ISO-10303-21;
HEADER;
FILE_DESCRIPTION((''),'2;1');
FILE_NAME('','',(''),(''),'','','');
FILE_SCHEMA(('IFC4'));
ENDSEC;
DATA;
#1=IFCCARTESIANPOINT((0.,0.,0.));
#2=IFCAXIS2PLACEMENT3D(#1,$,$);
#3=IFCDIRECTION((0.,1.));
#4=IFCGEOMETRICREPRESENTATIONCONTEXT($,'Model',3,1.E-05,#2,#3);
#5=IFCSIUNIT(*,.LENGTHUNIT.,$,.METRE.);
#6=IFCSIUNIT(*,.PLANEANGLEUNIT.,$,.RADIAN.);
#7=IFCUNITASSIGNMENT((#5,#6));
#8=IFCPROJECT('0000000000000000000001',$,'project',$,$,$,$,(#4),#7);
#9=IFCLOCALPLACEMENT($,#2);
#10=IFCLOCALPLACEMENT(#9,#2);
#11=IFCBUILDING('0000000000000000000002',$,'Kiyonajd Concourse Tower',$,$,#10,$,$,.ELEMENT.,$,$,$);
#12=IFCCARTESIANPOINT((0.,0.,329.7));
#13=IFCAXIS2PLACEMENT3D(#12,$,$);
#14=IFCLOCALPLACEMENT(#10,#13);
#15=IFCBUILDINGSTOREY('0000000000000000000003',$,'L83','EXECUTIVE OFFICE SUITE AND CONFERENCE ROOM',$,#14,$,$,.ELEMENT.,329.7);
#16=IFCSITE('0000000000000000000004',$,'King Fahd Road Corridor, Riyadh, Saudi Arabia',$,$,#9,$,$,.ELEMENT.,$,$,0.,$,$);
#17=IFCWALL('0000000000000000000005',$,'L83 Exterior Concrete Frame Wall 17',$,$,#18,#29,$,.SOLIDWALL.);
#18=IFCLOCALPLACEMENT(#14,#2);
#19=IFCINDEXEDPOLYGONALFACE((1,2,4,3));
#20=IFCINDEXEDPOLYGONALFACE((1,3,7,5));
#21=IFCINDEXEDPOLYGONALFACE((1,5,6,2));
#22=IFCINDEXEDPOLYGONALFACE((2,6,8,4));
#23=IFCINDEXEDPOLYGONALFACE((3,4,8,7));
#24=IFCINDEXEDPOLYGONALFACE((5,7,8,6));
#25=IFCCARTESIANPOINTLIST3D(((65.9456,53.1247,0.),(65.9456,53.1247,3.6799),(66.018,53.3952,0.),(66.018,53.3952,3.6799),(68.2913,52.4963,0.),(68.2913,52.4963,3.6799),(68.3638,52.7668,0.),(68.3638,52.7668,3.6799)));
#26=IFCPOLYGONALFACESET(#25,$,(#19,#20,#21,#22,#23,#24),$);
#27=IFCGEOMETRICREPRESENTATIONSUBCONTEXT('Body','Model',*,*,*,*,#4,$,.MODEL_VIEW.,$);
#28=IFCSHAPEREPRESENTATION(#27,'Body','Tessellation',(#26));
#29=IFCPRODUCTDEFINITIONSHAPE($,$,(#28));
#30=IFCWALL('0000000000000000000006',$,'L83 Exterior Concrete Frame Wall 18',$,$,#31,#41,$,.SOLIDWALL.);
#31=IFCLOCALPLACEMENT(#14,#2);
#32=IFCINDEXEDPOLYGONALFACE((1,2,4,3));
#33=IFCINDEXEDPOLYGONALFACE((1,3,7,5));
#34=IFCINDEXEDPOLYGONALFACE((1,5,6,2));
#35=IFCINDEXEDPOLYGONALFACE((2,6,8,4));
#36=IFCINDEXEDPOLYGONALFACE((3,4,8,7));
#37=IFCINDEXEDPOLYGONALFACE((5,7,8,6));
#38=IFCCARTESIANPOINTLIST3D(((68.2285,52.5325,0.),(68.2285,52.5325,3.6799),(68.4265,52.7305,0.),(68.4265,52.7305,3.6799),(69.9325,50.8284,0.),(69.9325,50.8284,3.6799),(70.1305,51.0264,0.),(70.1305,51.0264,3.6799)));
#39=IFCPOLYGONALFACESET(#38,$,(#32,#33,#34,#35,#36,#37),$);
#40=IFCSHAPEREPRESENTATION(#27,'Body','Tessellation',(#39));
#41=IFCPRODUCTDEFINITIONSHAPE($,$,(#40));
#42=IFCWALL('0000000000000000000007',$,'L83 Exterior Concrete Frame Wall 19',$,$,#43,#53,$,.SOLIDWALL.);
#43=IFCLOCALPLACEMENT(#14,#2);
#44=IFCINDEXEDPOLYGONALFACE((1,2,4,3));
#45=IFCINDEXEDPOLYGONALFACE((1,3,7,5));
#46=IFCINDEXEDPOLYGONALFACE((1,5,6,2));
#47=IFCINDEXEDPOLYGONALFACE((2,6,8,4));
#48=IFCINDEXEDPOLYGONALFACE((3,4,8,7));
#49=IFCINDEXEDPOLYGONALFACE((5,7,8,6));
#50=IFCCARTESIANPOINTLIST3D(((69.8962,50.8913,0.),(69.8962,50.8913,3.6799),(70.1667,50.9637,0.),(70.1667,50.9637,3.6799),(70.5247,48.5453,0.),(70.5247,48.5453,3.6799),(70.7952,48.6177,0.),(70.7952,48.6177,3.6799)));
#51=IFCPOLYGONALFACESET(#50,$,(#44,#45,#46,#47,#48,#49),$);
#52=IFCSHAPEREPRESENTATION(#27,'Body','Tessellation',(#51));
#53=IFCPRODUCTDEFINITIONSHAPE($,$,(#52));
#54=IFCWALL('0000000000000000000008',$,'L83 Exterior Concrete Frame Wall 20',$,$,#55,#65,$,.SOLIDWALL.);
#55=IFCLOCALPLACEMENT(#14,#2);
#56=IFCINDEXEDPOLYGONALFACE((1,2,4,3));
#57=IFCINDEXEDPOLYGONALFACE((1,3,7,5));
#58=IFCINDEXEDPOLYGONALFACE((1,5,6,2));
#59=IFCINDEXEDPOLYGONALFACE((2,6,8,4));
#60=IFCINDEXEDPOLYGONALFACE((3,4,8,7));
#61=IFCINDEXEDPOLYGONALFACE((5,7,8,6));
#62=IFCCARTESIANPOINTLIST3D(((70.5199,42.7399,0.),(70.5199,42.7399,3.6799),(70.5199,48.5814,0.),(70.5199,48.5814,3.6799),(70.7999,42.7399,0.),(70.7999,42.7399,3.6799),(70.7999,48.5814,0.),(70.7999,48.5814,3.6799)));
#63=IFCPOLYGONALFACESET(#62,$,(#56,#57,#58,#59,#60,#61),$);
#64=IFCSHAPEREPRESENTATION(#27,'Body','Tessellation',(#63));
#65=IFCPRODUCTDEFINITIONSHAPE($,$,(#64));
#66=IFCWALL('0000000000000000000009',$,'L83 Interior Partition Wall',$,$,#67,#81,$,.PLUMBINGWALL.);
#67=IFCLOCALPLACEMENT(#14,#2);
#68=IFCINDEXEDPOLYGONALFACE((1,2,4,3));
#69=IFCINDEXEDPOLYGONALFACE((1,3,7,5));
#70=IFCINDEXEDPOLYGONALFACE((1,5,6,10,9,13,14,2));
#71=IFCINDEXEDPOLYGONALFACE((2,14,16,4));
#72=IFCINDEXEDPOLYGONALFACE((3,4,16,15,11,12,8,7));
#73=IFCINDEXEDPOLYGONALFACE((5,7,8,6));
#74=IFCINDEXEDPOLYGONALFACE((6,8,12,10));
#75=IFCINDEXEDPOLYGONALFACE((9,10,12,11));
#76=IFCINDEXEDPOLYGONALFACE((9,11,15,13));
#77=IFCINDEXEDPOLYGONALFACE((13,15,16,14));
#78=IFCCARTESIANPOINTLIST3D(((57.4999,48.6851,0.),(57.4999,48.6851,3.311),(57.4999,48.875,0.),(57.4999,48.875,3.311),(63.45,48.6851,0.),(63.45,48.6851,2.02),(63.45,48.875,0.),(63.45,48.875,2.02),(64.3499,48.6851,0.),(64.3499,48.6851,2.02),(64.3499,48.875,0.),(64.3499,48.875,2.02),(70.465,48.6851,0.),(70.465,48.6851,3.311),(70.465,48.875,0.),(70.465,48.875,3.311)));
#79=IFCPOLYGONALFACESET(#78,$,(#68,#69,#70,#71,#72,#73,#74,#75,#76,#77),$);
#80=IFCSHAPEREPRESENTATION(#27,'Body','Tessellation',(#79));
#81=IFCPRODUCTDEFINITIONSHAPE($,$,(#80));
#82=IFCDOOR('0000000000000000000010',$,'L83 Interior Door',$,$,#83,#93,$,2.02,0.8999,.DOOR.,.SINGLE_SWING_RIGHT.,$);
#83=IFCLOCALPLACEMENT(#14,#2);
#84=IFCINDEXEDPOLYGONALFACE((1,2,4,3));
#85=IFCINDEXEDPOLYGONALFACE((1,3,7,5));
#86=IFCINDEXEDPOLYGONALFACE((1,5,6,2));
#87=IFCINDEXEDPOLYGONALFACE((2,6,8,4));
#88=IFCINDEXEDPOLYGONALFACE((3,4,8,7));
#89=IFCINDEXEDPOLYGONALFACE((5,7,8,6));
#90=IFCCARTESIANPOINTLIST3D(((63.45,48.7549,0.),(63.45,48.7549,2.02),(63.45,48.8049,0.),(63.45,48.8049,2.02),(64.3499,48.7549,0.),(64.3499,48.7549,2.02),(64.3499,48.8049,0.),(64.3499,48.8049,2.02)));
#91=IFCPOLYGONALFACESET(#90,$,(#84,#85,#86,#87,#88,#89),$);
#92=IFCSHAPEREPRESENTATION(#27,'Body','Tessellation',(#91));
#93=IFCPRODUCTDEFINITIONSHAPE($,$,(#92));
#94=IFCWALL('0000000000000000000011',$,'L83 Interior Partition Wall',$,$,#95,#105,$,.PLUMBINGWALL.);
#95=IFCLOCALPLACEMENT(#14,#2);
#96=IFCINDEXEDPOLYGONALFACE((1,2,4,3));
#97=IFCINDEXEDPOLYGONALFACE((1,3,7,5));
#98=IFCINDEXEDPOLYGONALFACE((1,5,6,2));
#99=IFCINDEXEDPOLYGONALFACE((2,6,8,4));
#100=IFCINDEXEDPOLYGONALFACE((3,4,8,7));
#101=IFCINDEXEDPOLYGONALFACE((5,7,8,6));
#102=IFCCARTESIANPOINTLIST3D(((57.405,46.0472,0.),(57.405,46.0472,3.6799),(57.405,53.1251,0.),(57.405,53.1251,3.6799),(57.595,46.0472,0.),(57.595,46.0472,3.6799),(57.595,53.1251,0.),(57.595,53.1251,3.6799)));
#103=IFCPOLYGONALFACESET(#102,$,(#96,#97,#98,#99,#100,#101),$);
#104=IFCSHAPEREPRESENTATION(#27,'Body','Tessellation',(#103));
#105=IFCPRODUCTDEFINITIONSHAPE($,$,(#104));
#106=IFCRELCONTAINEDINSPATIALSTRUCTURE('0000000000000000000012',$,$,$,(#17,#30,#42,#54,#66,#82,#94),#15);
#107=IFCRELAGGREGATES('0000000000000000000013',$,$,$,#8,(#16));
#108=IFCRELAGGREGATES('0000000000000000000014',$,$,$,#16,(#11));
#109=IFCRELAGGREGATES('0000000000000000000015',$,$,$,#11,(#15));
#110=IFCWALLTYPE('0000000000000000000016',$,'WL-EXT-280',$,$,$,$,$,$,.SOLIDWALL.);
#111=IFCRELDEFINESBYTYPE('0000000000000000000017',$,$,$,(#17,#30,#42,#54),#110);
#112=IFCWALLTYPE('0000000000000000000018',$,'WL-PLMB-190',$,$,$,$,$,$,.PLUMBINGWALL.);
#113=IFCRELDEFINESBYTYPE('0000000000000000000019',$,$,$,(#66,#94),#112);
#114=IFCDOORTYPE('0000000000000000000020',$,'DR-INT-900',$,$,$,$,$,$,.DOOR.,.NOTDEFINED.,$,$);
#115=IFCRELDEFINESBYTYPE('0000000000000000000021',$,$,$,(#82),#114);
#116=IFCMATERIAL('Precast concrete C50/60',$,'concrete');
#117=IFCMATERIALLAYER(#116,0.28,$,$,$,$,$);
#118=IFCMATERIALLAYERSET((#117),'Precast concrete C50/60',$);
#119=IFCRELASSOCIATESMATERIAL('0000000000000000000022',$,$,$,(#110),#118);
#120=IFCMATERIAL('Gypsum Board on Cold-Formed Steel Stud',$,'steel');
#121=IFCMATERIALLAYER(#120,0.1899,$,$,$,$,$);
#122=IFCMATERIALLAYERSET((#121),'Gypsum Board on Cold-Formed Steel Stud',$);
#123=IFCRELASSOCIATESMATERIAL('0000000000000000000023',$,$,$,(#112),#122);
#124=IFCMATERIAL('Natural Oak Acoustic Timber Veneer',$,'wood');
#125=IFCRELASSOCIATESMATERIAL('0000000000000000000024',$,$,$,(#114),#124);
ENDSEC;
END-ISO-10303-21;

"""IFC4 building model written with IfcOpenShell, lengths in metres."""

from ifc_helpers import new_model, si_unit, direction, frame, frame_2d, origin, place, context, subcontext, project, spatial, rectangle, extrude, material, layer, layer_set, type_object, element, fill, save


model = new_model("IFC4")

# Units and contexts
model_context = context("Model", 3, precision=1e-05, world=origin(), true_north=direction((0.0, 1.0)))
body_context = subcontext(model_context, "Body", "Model", "MODEL_VIEW")
ifc_project = project(units=[si_unit("LENGTHUNIT", "METRE"), si_unit("PLANEANGLEUNIT", "RADIAN")], contexts=[model_context])

# Site, building, storey
site_placement = place(None, origin())
site = spatial("IfcSite", under=ifc_project, at=site_placement, Name="King Fahd Road Corridor, Riyadh, Saudi Arabia", CompositionType="ELEMENT", RefElevation=0.0)
building_placement = place(site_placement, origin())
building = spatial("IfcBuilding", under=site, at=building_placement, Name="Kiyonajd Concourse Tower", CompositionType="ELEMENT")
storey_placement = place(building_placement, frame((0.0, 0.0, 329.7)))
storey = spatial("IfcBuildingStorey", under=building, at=storey_placement, Name="L83", Description="EXECUTIVE OFFICE SUITE AND CONFERENCE ROOM", CompositionType="ELEMENT", Elevation=329.7)

# Walls
ifc_material_1 = material(Name="Precast concrete C50/60", Category="concrete")
ifc_layer_1 = layer(ifc_material_1, 0.28)
ifc_layer_set_1 = layer_set([ifc_layer_1], Name="Precast concrete C50/60")
wall_type_1 = type_object("IfcWallType", Name="WL-EXT-280", PredefinedType="SOLIDWALL", material=ifc_layer_set_1)
wall_1_placement = place(storey_placement, frame((65.9817, 53.26, 0.0), z_axis=(0.0, 0.0, 1.0), x_axis=(0.965937, -0.258776, 0.0)))
element("IfcWall", 1, at=wall_1_placement, inside=storey, type_object=wall_type_1, Name="L83 Exterior Concrete Frame Wall 17", PredefinedType="SOLIDWALL", context=body_context, shape_type="SweptSolid", body=[
    extrude(rectangle(XDim=2.4285, YDim=0.28, at=frame_2d((1.2144, 0.0))), origin(), (0.0, 0.0, 1.0), 3.6799),
])
wall_2_placement = place(storey_placement, frame((68.3274, 52.6316, 0.0), z_axis=(0.0, 0.0, 1.0), x_axis=(0.707107, -0.707107, 0.0)))
element("IfcWall", 2, at=wall_2_placement, inside=storey, type_object=wall_type_1, Name="L83 Exterior Concrete Frame Wall 18", PredefinedType="SOLIDWALL", context=body_context, shape_type="SweptSolid", body=[
    extrude(rectangle(XDim=2.4099, YDim=0.28, at=frame_2d((1.2051, 0.0))), origin(), (0.0, 0.0, 1.0), 3.6799),
])
wall_3_placement = place(storey_placement, frame((70.0315, 50.9275, 0.0), z_axis=(0.0, 0.0, 1.0), x_axis=(0.258751, -0.965944, 0.0)))
element("IfcWall", 3, at=wall_3_placement, inside=storey, type_object=wall_type_1, Name="L83 Exterior Concrete Frame Wall 19", PredefinedType="SOLIDWALL", context=body_context, shape_type="SweptSolid", body=[
    extrude(rectangle(XDim=2.4287, YDim=0.28, at=frame_2d((1.2144, 0.0))), origin(), (0.0, 0.0, 1.0), 3.6799),
])
wall_4_placement = place(storey_placement, frame((70.6599, 48.5815, 0.0), z_axis=(0.0, 0.0, 1.0), x_axis=(0.0, -1.0, 0.0)))
element("IfcWall", 4, at=wall_4_placement, inside=storey, type_object=wall_type_1, Name="L83 Exterior Concrete Frame Wall 20", PredefinedType="SOLIDWALL", context=body_context, shape_type="SweptSolid", body=[
    extrude(rectangle(XDim=5.8416, YDim=0.28, at=frame_2d((2.9209, 0.0))), origin(), (0.0, 0.0, 1.0), 3.6799),
])

# Wall, opening, door
ifc_material_2 = material(Name="Gypsum Board on Cold-Formed Steel Stud", Category="steel")
ifc_layer_2 = layer(ifc_material_2, 0.1899)
ifc_layer_set_2 = layer_set([ifc_layer_2], Name="Gypsum Board on Cold-Formed Steel Stud")
wall_type_2 = type_object("IfcWallType", Name="WL-PLMB-190", PredefinedType="PLUMBINGWALL", material=ifc_layer_set_2)
wall_5_placement = place(storey_placement, frame((57.5, 48.78, 0.0), z_axis=(0.0, 0.0, 1.0), x_axis=(1.0, 0.0, 0.0)))
wall_5 = element("IfcWall", 5, at=wall_5_placement, inside=storey, type_object=wall_type_2, Name="L83 Interior Partition Wall", PredefinedType="PLUMBINGWALL", context=body_context, shape_type="SweptSolid", body=[
    extrude(rectangle(XDim=12.9651, YDim=0.1899, at=frame_2d((6.4824, 0.0))), origin(), (0.0, 0.0, 1.0), 3.311),
])
opening_placement = place(wall_5_placement, frame((5.95, 0.0, 0.0)))
opening = element("IfcOpeningElement", 6, at=opening_placement, cuts=wall_5, PredefinedType="OPENING", context=body_context, shape_type="SweptSolid", body=[
    extrude(rectangle(XDim=0.8999, YDim=2.02, at=frame_2d((0.45, 1.01))), frame((0.0, 0.105, 0.0), z_axis=(0.0, -1.0, 0.0), x_axis=(1.0, 0.0, 0.0)), (0.0, 0.0, 1.0), 0.21),
])
ifc_material_3 = material(Name="Natural Oak Acoustic Timber Veneer", Category="wood")
door_type = type_object("IfcDoorType", Name="DR-INT-900", OperationType="NOTDEFINED", PredefinedType="DOOR", material=ifc_material_3)
door_placement = place(opening_placement, origin())
door = element("IfcDoor", 7, at=door_placement, inside=storey, type_object=door_type, Name="L83 Interior Door", OperationType="SINGLE_SWING_RIGHT", OverallHeight=2.02, OverallWidth=0.8999, PredefinedType="DOOR", context=body_context, shape_type="SweptSolid", body=[
    extrude(rectangle(XDim=0.8999, YDim=2.02, at=frame_2d((0.45, 1.01))), frame((0.0, 0.0249, 0.0), z_axis=(0.0, -1.0, 0.0), x_axis=(1.0, 0.0, 0.0)), (0.0, 0.0, 1.0), 0.05),
])
fill(opening, door)

# Wall
wall_6_placement = place(storey_placement, frame((57.5, 46.0471, 0.0), z_axis=(0.0, 0.0, 1.0), x_axis=(0.0, 1.0, 0.0)))
element("IfcWall", 8, at=wall_6_placement, inside=storey, type_object=wall_type_2, Name="L83 Interior Partition Wall", PredefinedType="PLUMBINGWALL", context=body_context, shape_type="SweptSolid", body=[
    extrude(rectangle(XDim=7.0779, YDim=0.1899, at=frame_2d((3.5391, 0.0))), origin(), (0.0, 0.0, 1.0), 3.6799),
])

save(model, "model.ifc")
